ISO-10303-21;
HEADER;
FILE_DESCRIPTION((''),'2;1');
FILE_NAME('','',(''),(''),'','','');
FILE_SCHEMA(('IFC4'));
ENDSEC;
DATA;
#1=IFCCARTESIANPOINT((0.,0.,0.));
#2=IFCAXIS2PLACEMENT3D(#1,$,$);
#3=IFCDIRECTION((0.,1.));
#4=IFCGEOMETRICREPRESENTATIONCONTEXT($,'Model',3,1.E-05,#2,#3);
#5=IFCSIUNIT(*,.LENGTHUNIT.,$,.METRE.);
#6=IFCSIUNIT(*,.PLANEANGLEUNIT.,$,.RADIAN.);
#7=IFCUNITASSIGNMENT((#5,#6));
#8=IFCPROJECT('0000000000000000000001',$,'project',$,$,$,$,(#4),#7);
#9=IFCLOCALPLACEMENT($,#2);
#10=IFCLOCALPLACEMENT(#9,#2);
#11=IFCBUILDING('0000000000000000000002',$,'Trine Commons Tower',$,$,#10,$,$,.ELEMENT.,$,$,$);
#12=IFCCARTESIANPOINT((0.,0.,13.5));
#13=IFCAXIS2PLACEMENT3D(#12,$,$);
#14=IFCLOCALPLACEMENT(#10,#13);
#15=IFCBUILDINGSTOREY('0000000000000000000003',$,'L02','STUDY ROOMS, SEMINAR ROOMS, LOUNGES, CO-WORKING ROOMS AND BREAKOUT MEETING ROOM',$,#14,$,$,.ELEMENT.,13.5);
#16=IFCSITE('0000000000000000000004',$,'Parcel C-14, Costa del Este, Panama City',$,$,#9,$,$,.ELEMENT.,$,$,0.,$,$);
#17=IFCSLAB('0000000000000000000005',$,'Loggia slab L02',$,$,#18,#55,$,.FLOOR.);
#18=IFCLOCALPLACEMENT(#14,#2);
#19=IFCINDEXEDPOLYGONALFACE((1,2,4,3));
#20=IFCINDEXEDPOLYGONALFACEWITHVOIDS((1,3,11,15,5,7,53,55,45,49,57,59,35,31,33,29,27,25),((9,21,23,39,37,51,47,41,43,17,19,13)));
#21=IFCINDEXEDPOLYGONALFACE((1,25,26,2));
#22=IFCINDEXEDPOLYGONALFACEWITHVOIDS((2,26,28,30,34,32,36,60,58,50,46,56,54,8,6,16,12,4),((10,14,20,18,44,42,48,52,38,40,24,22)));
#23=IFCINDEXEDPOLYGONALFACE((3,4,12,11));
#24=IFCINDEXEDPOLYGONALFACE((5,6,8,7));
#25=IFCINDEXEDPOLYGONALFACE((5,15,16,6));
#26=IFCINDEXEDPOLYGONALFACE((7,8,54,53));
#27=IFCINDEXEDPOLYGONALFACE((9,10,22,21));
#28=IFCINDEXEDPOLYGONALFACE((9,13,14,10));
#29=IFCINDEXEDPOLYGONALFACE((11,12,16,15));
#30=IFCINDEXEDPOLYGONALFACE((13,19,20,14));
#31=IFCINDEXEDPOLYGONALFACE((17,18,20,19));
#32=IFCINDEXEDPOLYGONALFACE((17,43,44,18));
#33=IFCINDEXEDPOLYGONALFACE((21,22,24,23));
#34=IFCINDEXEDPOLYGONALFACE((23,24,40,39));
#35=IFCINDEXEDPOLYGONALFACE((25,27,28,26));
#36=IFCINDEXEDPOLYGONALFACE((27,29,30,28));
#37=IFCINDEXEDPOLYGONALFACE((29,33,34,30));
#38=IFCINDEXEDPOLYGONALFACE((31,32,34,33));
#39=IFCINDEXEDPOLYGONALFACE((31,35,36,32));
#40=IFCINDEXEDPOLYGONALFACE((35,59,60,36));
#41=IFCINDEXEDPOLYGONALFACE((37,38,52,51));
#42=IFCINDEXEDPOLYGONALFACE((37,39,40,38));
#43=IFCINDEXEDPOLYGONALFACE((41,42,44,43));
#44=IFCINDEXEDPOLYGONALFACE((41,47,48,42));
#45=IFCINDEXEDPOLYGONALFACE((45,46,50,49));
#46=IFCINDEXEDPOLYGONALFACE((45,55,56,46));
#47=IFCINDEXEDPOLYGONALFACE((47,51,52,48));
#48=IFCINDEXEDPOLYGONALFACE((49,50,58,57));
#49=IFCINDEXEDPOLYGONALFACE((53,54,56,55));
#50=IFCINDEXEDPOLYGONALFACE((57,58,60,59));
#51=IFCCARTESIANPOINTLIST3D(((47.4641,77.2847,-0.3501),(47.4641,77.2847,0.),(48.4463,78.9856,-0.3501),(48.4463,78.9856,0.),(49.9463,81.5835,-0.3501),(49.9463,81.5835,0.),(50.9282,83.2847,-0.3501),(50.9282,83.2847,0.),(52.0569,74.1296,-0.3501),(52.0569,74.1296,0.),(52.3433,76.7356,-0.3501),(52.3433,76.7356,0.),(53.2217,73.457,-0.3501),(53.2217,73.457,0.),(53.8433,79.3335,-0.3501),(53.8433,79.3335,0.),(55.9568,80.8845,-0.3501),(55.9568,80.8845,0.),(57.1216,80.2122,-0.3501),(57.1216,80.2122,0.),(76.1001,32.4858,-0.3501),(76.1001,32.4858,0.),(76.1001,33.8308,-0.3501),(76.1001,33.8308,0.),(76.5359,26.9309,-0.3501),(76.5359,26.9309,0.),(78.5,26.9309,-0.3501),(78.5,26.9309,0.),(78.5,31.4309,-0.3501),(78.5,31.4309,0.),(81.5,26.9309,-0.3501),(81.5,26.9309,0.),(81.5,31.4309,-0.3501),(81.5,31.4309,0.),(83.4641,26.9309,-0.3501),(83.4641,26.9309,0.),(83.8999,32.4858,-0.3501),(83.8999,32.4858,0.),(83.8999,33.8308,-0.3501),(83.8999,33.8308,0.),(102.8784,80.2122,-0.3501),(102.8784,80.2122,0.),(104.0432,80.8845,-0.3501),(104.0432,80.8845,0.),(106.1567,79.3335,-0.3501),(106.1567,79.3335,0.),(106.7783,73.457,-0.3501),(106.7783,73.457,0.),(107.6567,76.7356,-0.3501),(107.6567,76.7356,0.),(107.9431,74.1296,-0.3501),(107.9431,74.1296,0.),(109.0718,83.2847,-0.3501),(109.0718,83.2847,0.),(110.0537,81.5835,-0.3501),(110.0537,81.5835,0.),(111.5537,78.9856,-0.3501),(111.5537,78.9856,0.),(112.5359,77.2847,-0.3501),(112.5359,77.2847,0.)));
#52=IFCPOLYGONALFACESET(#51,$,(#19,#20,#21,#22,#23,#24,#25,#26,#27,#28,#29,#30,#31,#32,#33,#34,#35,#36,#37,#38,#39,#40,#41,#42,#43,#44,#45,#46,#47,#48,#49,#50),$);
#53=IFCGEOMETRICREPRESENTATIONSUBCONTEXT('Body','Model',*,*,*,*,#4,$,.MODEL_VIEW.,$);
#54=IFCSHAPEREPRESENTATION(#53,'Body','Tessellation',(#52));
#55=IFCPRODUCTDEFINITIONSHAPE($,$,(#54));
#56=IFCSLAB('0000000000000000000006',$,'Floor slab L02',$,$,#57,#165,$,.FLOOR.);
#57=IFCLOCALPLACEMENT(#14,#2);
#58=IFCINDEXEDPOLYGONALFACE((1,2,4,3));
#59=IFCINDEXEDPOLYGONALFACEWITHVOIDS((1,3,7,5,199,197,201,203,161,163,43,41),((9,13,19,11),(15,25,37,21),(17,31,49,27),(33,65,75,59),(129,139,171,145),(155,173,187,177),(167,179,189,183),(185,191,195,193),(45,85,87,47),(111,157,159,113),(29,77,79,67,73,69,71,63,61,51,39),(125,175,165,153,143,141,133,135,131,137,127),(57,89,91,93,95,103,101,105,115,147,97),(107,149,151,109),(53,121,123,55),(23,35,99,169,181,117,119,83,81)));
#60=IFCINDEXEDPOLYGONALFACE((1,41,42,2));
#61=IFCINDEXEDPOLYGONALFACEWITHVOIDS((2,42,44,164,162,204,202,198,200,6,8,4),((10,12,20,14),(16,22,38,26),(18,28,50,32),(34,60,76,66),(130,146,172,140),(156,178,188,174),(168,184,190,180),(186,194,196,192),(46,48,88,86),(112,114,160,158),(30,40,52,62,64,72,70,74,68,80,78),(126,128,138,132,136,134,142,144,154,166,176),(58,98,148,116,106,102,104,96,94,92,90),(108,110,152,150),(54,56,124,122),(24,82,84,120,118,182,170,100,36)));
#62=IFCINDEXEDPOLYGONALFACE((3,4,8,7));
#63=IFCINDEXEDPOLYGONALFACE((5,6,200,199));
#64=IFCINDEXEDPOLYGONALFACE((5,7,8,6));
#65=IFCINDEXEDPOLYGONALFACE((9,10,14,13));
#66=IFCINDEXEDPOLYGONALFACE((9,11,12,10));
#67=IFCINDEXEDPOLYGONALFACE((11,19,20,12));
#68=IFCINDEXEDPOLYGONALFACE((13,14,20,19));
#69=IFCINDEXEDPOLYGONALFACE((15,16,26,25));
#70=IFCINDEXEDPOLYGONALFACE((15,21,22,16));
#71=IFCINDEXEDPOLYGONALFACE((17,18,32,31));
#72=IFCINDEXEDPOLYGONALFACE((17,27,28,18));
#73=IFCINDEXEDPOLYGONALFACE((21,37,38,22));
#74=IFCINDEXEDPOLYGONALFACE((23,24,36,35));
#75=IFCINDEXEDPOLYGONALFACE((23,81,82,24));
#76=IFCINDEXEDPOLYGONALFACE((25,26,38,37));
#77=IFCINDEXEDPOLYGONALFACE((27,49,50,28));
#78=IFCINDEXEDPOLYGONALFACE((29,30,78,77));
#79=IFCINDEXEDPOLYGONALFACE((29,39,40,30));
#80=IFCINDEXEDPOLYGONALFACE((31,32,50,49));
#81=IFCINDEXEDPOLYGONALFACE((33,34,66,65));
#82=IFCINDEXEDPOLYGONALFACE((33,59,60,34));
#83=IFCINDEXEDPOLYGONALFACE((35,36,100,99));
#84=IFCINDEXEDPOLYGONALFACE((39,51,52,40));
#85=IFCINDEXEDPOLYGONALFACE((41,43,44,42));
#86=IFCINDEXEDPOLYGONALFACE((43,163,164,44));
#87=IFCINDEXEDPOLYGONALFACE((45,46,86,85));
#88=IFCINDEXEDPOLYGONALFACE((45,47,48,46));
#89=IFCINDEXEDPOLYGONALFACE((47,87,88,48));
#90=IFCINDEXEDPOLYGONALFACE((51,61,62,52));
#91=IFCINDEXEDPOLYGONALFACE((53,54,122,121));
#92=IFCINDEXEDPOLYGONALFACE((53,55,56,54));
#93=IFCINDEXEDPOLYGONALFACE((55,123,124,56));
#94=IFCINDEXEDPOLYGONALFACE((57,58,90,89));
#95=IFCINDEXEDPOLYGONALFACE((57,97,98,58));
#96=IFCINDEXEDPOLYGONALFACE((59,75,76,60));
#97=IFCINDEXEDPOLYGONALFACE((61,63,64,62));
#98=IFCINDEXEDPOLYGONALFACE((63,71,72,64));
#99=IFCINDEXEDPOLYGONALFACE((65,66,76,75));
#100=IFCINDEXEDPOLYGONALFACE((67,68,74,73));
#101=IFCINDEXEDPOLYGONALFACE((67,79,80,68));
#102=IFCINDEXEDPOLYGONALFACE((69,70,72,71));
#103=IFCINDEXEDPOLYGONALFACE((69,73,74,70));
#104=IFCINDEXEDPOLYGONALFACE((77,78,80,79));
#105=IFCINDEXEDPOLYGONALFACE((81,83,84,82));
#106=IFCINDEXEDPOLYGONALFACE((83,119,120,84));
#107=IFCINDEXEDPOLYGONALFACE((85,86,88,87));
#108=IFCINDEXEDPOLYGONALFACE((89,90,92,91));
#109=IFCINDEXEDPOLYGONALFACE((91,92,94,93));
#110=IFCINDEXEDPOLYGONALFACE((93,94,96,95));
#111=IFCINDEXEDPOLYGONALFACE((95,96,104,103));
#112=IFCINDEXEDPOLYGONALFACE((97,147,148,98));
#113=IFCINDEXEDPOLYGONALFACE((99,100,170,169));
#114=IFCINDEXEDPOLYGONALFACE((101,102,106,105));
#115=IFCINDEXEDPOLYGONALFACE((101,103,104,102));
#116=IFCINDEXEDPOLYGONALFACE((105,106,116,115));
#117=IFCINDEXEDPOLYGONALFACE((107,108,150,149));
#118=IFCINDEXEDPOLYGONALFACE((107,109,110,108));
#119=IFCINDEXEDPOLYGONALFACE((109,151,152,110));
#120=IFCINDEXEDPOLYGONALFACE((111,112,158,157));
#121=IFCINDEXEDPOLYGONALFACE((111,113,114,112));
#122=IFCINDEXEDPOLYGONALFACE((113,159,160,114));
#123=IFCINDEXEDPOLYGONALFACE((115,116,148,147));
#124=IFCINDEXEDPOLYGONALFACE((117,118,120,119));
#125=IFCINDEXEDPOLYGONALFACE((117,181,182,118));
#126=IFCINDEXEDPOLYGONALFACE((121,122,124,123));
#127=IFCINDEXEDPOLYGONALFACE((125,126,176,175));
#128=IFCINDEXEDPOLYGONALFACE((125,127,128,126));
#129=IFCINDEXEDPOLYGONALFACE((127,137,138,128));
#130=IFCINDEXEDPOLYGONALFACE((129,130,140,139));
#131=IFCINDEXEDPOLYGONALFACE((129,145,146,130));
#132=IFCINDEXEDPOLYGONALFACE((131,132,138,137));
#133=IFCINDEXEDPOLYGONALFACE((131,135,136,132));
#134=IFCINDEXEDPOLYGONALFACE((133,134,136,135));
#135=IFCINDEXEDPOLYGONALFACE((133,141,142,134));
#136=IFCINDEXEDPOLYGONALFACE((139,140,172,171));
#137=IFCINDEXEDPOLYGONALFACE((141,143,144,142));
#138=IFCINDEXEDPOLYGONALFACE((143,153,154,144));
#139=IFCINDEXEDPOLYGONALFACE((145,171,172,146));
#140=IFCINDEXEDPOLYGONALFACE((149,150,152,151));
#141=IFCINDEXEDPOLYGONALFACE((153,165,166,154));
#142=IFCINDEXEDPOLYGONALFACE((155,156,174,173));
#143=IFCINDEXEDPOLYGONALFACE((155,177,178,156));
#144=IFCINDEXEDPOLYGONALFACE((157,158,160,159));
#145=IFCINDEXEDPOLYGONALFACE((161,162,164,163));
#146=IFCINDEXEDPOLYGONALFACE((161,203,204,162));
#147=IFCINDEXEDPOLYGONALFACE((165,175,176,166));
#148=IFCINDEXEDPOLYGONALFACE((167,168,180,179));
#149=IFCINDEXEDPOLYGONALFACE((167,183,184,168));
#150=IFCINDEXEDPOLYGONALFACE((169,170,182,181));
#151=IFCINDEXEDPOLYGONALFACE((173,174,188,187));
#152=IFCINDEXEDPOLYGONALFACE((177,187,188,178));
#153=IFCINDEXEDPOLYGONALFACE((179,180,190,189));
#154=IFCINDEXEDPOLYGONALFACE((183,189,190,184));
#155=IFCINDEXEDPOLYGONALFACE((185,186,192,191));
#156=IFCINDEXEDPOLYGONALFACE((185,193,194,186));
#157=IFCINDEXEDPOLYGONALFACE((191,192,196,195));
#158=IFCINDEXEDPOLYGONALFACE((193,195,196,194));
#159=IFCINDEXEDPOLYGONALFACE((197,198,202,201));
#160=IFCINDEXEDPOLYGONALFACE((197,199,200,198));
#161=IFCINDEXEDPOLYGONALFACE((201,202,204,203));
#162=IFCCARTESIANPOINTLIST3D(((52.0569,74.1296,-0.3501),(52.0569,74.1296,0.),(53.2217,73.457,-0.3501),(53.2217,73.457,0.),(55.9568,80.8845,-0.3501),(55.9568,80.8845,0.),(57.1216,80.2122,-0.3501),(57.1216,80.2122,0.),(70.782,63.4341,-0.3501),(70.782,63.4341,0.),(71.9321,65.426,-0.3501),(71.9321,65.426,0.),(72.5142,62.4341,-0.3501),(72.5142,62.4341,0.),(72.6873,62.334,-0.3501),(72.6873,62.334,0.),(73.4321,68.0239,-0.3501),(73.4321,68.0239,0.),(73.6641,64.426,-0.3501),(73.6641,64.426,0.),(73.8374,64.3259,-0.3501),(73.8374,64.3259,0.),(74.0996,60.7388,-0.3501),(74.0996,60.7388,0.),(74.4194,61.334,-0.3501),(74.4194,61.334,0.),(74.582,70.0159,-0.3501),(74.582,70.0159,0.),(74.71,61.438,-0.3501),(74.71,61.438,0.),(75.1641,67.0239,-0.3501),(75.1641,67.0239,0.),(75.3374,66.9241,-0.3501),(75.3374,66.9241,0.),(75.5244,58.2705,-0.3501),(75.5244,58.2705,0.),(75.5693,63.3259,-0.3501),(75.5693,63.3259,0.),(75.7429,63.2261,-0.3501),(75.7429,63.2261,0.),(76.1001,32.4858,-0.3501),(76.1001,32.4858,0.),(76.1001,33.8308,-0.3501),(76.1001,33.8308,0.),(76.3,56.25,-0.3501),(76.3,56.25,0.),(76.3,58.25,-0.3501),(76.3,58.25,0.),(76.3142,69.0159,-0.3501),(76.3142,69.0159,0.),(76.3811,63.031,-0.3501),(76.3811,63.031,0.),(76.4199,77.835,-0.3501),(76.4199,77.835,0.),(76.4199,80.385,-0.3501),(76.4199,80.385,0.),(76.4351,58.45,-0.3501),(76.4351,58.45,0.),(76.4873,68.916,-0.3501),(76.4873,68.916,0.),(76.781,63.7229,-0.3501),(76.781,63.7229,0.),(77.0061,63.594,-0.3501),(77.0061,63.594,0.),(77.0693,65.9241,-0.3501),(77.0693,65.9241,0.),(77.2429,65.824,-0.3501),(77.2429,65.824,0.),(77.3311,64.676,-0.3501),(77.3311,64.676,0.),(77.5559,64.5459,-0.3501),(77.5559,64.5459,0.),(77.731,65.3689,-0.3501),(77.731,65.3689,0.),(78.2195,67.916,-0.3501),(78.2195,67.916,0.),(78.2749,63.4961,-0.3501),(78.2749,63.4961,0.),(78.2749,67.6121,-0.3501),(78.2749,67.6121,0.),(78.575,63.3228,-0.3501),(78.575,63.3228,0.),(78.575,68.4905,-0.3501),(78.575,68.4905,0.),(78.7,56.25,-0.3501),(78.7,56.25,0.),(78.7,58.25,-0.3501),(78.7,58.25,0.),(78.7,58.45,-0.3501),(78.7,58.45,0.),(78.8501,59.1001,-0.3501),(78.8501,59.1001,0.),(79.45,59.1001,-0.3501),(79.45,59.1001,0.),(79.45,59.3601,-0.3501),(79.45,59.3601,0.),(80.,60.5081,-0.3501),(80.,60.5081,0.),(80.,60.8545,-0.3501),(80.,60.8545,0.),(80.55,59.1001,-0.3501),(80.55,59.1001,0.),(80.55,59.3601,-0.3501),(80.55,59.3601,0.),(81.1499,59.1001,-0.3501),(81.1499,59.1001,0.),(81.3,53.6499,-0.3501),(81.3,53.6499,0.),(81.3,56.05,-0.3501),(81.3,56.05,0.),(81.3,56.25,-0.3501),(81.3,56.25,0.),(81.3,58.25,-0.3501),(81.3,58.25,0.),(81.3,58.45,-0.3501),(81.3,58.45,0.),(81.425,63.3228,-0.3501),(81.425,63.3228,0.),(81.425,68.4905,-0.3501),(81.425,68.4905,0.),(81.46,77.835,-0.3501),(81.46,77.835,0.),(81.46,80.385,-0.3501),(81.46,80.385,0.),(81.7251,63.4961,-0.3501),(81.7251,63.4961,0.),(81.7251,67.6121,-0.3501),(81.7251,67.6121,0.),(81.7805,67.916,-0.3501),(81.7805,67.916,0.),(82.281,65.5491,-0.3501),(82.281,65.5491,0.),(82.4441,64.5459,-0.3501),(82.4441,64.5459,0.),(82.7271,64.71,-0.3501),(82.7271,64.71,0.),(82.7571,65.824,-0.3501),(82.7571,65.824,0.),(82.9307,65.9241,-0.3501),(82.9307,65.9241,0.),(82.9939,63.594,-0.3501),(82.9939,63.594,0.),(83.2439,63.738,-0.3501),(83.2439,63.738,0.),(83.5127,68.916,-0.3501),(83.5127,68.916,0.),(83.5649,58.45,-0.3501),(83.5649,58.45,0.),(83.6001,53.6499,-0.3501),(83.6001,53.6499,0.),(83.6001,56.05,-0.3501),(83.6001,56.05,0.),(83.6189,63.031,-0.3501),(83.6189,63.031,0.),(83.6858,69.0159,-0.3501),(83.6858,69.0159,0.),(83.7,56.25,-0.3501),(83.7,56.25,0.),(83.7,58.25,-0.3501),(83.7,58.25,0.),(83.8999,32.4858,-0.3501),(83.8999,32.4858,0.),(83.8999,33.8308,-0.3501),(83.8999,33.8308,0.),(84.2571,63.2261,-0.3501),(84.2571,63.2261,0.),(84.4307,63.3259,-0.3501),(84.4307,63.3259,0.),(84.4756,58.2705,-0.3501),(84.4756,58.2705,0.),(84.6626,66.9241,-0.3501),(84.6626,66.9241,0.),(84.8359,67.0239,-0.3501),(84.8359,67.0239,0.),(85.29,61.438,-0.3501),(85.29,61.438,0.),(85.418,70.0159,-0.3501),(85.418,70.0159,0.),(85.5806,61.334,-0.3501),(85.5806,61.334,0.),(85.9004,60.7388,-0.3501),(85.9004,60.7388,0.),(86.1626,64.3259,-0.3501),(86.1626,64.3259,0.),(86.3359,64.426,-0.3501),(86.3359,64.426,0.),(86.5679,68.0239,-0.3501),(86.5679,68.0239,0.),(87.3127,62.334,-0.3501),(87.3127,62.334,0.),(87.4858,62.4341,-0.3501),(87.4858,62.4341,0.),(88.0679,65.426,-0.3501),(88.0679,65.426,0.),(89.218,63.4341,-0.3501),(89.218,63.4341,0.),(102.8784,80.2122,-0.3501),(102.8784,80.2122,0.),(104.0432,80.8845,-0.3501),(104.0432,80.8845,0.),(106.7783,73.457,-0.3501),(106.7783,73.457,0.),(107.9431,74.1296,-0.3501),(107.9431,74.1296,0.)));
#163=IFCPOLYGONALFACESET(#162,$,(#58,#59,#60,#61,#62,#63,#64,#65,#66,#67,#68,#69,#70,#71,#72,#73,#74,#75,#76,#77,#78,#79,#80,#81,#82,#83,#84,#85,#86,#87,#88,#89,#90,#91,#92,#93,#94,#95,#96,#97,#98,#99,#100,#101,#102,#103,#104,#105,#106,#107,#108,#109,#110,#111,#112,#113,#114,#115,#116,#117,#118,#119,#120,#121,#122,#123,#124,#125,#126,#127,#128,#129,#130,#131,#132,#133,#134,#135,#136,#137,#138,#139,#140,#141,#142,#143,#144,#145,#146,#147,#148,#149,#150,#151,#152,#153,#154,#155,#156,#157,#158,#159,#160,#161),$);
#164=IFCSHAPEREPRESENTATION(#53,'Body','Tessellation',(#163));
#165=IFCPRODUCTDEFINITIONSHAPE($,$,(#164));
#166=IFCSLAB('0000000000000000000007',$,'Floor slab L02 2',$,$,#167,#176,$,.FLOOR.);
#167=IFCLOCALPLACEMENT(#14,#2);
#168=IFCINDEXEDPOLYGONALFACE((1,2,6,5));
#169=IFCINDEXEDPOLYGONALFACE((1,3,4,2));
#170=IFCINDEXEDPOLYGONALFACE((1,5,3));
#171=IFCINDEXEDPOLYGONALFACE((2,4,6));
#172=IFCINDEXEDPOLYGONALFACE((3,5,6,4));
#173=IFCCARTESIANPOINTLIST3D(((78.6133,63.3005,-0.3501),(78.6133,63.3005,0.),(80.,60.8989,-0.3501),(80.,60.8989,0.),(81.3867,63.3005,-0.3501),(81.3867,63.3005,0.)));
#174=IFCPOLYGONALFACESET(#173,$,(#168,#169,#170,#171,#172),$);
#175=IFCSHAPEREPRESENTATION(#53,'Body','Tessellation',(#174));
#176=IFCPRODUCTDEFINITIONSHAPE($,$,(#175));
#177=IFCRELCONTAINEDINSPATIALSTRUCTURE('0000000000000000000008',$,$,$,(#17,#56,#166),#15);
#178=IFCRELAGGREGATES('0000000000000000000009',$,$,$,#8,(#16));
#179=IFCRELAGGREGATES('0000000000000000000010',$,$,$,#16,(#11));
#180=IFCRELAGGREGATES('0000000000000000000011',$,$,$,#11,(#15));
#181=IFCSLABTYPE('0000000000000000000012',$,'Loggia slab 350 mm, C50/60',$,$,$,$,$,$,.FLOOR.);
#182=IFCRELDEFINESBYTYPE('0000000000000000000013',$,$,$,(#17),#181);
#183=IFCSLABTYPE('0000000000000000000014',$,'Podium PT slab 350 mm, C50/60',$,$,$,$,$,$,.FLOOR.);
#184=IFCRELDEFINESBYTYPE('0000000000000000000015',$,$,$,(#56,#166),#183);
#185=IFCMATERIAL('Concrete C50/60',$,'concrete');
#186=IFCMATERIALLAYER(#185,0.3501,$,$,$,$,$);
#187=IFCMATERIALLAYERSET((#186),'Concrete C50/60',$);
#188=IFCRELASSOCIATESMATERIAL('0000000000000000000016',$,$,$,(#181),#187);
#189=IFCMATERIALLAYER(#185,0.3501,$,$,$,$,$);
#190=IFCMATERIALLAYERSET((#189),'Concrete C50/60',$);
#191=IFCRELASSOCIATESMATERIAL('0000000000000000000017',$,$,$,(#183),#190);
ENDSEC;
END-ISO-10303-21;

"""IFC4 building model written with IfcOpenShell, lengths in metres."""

from ifc_helpers import new_model, si_unit, direction, frame, origin, place, context, subcontext, project, spatial, polyline, outline, extrude, material, layer, layer_set, type_object, element, save


model = new_model("IFC4")

# Units and contexts
model_context = context("Model", 3, precision=1e-05, world=origin(), true_north=direction((0.0, 1.0)))
body_context = subcontext(model_context, "Body", "Model", "MODEL_VIEW")
ifc_project = project(units=[si_unit("LENGTHUNIT", "METRE"), si_unit("PLANEANGLEUNIT", "RADIAN")], contexts=[model_context])

# Site, building, storey
site_placement = place(None, origin())
site = spatial("IfcSite", under=ifc_project, at=site_placement, Name="Parcel C-14, Costa del Este, Panama City", CompositionType="ELEMENT", RefElevation=0.0)
building_placement = place(site_placement, origin())
building = spatial("IfcBuilding", under=site, at=building_placement, Name="Trine Commons Tower", CompositionType="ELEMENT")
storey_placement = place(building_placement, frame((0.0, 0.0, 13.5)))
storey = spatial("IfcBuildingStorey", under=building, at=storey_placement, Name="L02", Description="STUDY ROOMS, SEMINAR ROOMS, LOUNGES, CO-WORKING ROOMS AND BREAKOUT MEETING ROOM", CompositionType="ELEMENT", Elevation=13.5)

# Slabs
ifc_material_1 = material(Name="Concrete C50/60", Category="concrete")
ifc_layer_1 = layer(ifc_material_1, 0.3501)
ifc_layer_set_1 = layer_set([ifc_layer_1], Name="Concrete C50/60")
slab_type_1 = type_object("IfcSlabType", Name="Loggia slab 350 mm, C50/60", PredefinedType="FLOOR", material=ifc_layer_set_1)
slab_1_placement = place(storey_placement, frame((0.0, 0.0, -0.3501)))
element("IfcSlab", 1, at=slab_1_placement, inside=storey, type_object=slab_type_1, Name="Loggia slab L02", PredefinedType="FLOOR", context=body_context, shape_type="SweptSolid", body=[
    extrude(outline(polyline([(83.4641, 26.9309), (112.5359, 77.2847), (111.5537, 78.9856), (107.6567, 76.7356), (106.1567, 79.3335), (110.0537, 81.5835), (109.0718, 83.2847), (50.9282, 83.2847), (49.9463, 81.5835), (53.8433, 79.3335), (52.3433, 76.7356), (48.4463, 78.9856), (47.4641, 77.2847), (76.5359, 26.9309), (78.5, 26.9309), (78.5, 31.4309), (81.5, 31.4309), (81.5, 26.9309), (83.4641, 26.9309)]), holes=[polyline([(76.1001, 32.4858), (76.1001, 33.8308), (83.8999, 33.8308), (83.8999, 32.4858), (107.9431, 74.1296), (106.7783, 73.457), (102.8784, 80.2122), (104.0432, 80.8845), (55.9568, 80.8845), (57.1216, 80.2122), (53.2217, 73.457), (52.0569, 74.1296), (76.1001, 32.4858)])]), origin(), (0.0, 0.0, 1.0), 0.3501),
])
ifc_layer_2 = layer(ifc_material_1, 0.3501)
ifc_layer_set_2 = layer_set([ifc_layer_2], Name="Concrete C50/60")
slab_type_2 = type_object("IfcSlabType", Name="Podium PT slab 350 mm, C50/60", PredefinedType="FLOOR", material=ifc_layer_set_2)
slab_2_placement = place(storey_placement, frame((0.0, 0.0, -0.3501)))
element("IfcSlab", 2, at=slab_2_placement, inside=storey, type_object=slab_type_2, Name="Floor slab L02", PredefinedType="FLOOR", context=body_context, shape_type="SweptSolid", body=[
    extrude(outline(polyline([(52.0569, 74.1296), (76.1001, 32.4858), (76.1001, 33.8308), (83.8999, 33.8308), (83.8999, 32.4858), (107.9431, 74.1296), (106.7783, 73.457), (102.8784, 80.2122), (104.0432, 80.8845), (55.9568, 80.8845), (57.1216, 80.2122), (53.2217, 73.457), (52.0569, 74.1296)]), holes=[polyline([(76.3, 56.25), (78.7, 56.25), (78.7, 58.25), (76.3, 58.25), (76.3, 56.25)]), polyline([(80.0, 60.8545), (84.4756, 58.2705), (85.9004, 60.7388), (81.425, 63.3228), (81.425, 68.4905), (78.575, 68.4905), (78.575, 63.3228), (74.0996, 60.7388), (75.5244, 58.2705), (80.0, 60.8545)]), polyline([(73.8374, 64.3259), (72.6873, 62.334), (74.4194, 61.334), (75.5693, 63.3259), (73.8374, 64.3259)]), polyline([(71.9321, 65.426), (70.782, 63.4341), (72.5142, 62.4341), (73.6641, 64.426), (71.9321, 65.426)]), polyline([(76.781, 63.7229), (76.3811, 63.031), (75.7429, 63.2261), (74.71, 61.438), (78.2749, 63.4961), (78.2749, 67.6121), (77.2429, 65.824), (77.731, 65.3689), (77.3311, 64.676), (77.5559, 64.5459), (77.0061, 63.594), (76.781, 63.7229)]), polyline([(76.4873, 68.916), (75.3374, 66.9241), (77.0693, 65.9241), (78.2195, 67.916), (76.4873, 68.916)]), polyline([(76.3142, 69.0159), (74.582, 70.0159), (73.4321, 68.0239), (75.1641, 67.0239), (76.3142, 69.0159)]), polyline([(76.4199, 77.835), (81.46, 77.835), (81.46, 80.385), (76.4199, 80.385), (76.4199, 77.835)]), polyline([(81.3, 53.6499), (83.6001, 53.6499), (83.6001, 56.05), (81.3, 56.05), (81.3, 53.6499)]), polyline([(81.3, 56.25), (83.7, 56.25), (83.7, 58.25), (81.3, 58.25), (81.3, 56.25)]), polyline([(81.1499, 59.1001), (81.3, 58.45), (83.5649, 58.45), (80.0, 60.5081), (76.4351, 58.45), (78.7, 58.45), (78.8501, 59.1001), (79.45, 59.1001), (79.45, 59.3601), (80.55, 59.3601), (80.55, 59.1001), (81.1499, 59.1001)]), polyline([(87.3127, 62.334), (86.1626, 64.3259), (84.4307, 63.3259), (85.5806, 61.334), (87.3127, 62.334)]), polyline([(89.218, 63.4341), (88.0679, 65.426), (86.3359, 64.426), (87.4858, 62.4341), (89.218, 63.4341)]), polyline([(83.2439, 63.738), (82.9939, 63.594), (82.4441, 64.5459), (82.7271, 64.71), (82.281, 65.5491), (82.7571, 65.824), (81.7251, 67.6121), (81.7251, 63.4961), (85.29, 61.438), (84.2571, 63.2261), (83.6189, 63.031), (83.2439, 63.738)]), polyline([(82.9307, 65.9241), (84.6626, 66.9241), (83.5127, 68.916), (81.7805, 67.916), (82.9307, 65.9241)]), polyline([(84.8359, 67.0239), (86.5679, 68.0239), (85.418, 70.0159), (83.6858, 69.0159), (84.8359, 67.0239)])]), origin(), (0.0, 0.0, 1.0), 0.3501),
])
slab_3_placement = place(storey_placement, frame((0.0, 0.0, -0.3501)))
element("IfcSlab", 3, at=slab_3_placement, inside=storey, type_object=slab_type_2, Name="Floor slab L02 2", PredefinedType="FLOOR", context=body_context, shape_type="SweptSolid", body=[
    extrude(outline(polyline([(78.6133, 63.3005), (80.0, 60.8989), (81.3867, 63.3005), (78.6133, 63.3005)])), origin(), (0.0, 0.0, 1.0), 0.3501),
])

save(model, "model.ifc")
